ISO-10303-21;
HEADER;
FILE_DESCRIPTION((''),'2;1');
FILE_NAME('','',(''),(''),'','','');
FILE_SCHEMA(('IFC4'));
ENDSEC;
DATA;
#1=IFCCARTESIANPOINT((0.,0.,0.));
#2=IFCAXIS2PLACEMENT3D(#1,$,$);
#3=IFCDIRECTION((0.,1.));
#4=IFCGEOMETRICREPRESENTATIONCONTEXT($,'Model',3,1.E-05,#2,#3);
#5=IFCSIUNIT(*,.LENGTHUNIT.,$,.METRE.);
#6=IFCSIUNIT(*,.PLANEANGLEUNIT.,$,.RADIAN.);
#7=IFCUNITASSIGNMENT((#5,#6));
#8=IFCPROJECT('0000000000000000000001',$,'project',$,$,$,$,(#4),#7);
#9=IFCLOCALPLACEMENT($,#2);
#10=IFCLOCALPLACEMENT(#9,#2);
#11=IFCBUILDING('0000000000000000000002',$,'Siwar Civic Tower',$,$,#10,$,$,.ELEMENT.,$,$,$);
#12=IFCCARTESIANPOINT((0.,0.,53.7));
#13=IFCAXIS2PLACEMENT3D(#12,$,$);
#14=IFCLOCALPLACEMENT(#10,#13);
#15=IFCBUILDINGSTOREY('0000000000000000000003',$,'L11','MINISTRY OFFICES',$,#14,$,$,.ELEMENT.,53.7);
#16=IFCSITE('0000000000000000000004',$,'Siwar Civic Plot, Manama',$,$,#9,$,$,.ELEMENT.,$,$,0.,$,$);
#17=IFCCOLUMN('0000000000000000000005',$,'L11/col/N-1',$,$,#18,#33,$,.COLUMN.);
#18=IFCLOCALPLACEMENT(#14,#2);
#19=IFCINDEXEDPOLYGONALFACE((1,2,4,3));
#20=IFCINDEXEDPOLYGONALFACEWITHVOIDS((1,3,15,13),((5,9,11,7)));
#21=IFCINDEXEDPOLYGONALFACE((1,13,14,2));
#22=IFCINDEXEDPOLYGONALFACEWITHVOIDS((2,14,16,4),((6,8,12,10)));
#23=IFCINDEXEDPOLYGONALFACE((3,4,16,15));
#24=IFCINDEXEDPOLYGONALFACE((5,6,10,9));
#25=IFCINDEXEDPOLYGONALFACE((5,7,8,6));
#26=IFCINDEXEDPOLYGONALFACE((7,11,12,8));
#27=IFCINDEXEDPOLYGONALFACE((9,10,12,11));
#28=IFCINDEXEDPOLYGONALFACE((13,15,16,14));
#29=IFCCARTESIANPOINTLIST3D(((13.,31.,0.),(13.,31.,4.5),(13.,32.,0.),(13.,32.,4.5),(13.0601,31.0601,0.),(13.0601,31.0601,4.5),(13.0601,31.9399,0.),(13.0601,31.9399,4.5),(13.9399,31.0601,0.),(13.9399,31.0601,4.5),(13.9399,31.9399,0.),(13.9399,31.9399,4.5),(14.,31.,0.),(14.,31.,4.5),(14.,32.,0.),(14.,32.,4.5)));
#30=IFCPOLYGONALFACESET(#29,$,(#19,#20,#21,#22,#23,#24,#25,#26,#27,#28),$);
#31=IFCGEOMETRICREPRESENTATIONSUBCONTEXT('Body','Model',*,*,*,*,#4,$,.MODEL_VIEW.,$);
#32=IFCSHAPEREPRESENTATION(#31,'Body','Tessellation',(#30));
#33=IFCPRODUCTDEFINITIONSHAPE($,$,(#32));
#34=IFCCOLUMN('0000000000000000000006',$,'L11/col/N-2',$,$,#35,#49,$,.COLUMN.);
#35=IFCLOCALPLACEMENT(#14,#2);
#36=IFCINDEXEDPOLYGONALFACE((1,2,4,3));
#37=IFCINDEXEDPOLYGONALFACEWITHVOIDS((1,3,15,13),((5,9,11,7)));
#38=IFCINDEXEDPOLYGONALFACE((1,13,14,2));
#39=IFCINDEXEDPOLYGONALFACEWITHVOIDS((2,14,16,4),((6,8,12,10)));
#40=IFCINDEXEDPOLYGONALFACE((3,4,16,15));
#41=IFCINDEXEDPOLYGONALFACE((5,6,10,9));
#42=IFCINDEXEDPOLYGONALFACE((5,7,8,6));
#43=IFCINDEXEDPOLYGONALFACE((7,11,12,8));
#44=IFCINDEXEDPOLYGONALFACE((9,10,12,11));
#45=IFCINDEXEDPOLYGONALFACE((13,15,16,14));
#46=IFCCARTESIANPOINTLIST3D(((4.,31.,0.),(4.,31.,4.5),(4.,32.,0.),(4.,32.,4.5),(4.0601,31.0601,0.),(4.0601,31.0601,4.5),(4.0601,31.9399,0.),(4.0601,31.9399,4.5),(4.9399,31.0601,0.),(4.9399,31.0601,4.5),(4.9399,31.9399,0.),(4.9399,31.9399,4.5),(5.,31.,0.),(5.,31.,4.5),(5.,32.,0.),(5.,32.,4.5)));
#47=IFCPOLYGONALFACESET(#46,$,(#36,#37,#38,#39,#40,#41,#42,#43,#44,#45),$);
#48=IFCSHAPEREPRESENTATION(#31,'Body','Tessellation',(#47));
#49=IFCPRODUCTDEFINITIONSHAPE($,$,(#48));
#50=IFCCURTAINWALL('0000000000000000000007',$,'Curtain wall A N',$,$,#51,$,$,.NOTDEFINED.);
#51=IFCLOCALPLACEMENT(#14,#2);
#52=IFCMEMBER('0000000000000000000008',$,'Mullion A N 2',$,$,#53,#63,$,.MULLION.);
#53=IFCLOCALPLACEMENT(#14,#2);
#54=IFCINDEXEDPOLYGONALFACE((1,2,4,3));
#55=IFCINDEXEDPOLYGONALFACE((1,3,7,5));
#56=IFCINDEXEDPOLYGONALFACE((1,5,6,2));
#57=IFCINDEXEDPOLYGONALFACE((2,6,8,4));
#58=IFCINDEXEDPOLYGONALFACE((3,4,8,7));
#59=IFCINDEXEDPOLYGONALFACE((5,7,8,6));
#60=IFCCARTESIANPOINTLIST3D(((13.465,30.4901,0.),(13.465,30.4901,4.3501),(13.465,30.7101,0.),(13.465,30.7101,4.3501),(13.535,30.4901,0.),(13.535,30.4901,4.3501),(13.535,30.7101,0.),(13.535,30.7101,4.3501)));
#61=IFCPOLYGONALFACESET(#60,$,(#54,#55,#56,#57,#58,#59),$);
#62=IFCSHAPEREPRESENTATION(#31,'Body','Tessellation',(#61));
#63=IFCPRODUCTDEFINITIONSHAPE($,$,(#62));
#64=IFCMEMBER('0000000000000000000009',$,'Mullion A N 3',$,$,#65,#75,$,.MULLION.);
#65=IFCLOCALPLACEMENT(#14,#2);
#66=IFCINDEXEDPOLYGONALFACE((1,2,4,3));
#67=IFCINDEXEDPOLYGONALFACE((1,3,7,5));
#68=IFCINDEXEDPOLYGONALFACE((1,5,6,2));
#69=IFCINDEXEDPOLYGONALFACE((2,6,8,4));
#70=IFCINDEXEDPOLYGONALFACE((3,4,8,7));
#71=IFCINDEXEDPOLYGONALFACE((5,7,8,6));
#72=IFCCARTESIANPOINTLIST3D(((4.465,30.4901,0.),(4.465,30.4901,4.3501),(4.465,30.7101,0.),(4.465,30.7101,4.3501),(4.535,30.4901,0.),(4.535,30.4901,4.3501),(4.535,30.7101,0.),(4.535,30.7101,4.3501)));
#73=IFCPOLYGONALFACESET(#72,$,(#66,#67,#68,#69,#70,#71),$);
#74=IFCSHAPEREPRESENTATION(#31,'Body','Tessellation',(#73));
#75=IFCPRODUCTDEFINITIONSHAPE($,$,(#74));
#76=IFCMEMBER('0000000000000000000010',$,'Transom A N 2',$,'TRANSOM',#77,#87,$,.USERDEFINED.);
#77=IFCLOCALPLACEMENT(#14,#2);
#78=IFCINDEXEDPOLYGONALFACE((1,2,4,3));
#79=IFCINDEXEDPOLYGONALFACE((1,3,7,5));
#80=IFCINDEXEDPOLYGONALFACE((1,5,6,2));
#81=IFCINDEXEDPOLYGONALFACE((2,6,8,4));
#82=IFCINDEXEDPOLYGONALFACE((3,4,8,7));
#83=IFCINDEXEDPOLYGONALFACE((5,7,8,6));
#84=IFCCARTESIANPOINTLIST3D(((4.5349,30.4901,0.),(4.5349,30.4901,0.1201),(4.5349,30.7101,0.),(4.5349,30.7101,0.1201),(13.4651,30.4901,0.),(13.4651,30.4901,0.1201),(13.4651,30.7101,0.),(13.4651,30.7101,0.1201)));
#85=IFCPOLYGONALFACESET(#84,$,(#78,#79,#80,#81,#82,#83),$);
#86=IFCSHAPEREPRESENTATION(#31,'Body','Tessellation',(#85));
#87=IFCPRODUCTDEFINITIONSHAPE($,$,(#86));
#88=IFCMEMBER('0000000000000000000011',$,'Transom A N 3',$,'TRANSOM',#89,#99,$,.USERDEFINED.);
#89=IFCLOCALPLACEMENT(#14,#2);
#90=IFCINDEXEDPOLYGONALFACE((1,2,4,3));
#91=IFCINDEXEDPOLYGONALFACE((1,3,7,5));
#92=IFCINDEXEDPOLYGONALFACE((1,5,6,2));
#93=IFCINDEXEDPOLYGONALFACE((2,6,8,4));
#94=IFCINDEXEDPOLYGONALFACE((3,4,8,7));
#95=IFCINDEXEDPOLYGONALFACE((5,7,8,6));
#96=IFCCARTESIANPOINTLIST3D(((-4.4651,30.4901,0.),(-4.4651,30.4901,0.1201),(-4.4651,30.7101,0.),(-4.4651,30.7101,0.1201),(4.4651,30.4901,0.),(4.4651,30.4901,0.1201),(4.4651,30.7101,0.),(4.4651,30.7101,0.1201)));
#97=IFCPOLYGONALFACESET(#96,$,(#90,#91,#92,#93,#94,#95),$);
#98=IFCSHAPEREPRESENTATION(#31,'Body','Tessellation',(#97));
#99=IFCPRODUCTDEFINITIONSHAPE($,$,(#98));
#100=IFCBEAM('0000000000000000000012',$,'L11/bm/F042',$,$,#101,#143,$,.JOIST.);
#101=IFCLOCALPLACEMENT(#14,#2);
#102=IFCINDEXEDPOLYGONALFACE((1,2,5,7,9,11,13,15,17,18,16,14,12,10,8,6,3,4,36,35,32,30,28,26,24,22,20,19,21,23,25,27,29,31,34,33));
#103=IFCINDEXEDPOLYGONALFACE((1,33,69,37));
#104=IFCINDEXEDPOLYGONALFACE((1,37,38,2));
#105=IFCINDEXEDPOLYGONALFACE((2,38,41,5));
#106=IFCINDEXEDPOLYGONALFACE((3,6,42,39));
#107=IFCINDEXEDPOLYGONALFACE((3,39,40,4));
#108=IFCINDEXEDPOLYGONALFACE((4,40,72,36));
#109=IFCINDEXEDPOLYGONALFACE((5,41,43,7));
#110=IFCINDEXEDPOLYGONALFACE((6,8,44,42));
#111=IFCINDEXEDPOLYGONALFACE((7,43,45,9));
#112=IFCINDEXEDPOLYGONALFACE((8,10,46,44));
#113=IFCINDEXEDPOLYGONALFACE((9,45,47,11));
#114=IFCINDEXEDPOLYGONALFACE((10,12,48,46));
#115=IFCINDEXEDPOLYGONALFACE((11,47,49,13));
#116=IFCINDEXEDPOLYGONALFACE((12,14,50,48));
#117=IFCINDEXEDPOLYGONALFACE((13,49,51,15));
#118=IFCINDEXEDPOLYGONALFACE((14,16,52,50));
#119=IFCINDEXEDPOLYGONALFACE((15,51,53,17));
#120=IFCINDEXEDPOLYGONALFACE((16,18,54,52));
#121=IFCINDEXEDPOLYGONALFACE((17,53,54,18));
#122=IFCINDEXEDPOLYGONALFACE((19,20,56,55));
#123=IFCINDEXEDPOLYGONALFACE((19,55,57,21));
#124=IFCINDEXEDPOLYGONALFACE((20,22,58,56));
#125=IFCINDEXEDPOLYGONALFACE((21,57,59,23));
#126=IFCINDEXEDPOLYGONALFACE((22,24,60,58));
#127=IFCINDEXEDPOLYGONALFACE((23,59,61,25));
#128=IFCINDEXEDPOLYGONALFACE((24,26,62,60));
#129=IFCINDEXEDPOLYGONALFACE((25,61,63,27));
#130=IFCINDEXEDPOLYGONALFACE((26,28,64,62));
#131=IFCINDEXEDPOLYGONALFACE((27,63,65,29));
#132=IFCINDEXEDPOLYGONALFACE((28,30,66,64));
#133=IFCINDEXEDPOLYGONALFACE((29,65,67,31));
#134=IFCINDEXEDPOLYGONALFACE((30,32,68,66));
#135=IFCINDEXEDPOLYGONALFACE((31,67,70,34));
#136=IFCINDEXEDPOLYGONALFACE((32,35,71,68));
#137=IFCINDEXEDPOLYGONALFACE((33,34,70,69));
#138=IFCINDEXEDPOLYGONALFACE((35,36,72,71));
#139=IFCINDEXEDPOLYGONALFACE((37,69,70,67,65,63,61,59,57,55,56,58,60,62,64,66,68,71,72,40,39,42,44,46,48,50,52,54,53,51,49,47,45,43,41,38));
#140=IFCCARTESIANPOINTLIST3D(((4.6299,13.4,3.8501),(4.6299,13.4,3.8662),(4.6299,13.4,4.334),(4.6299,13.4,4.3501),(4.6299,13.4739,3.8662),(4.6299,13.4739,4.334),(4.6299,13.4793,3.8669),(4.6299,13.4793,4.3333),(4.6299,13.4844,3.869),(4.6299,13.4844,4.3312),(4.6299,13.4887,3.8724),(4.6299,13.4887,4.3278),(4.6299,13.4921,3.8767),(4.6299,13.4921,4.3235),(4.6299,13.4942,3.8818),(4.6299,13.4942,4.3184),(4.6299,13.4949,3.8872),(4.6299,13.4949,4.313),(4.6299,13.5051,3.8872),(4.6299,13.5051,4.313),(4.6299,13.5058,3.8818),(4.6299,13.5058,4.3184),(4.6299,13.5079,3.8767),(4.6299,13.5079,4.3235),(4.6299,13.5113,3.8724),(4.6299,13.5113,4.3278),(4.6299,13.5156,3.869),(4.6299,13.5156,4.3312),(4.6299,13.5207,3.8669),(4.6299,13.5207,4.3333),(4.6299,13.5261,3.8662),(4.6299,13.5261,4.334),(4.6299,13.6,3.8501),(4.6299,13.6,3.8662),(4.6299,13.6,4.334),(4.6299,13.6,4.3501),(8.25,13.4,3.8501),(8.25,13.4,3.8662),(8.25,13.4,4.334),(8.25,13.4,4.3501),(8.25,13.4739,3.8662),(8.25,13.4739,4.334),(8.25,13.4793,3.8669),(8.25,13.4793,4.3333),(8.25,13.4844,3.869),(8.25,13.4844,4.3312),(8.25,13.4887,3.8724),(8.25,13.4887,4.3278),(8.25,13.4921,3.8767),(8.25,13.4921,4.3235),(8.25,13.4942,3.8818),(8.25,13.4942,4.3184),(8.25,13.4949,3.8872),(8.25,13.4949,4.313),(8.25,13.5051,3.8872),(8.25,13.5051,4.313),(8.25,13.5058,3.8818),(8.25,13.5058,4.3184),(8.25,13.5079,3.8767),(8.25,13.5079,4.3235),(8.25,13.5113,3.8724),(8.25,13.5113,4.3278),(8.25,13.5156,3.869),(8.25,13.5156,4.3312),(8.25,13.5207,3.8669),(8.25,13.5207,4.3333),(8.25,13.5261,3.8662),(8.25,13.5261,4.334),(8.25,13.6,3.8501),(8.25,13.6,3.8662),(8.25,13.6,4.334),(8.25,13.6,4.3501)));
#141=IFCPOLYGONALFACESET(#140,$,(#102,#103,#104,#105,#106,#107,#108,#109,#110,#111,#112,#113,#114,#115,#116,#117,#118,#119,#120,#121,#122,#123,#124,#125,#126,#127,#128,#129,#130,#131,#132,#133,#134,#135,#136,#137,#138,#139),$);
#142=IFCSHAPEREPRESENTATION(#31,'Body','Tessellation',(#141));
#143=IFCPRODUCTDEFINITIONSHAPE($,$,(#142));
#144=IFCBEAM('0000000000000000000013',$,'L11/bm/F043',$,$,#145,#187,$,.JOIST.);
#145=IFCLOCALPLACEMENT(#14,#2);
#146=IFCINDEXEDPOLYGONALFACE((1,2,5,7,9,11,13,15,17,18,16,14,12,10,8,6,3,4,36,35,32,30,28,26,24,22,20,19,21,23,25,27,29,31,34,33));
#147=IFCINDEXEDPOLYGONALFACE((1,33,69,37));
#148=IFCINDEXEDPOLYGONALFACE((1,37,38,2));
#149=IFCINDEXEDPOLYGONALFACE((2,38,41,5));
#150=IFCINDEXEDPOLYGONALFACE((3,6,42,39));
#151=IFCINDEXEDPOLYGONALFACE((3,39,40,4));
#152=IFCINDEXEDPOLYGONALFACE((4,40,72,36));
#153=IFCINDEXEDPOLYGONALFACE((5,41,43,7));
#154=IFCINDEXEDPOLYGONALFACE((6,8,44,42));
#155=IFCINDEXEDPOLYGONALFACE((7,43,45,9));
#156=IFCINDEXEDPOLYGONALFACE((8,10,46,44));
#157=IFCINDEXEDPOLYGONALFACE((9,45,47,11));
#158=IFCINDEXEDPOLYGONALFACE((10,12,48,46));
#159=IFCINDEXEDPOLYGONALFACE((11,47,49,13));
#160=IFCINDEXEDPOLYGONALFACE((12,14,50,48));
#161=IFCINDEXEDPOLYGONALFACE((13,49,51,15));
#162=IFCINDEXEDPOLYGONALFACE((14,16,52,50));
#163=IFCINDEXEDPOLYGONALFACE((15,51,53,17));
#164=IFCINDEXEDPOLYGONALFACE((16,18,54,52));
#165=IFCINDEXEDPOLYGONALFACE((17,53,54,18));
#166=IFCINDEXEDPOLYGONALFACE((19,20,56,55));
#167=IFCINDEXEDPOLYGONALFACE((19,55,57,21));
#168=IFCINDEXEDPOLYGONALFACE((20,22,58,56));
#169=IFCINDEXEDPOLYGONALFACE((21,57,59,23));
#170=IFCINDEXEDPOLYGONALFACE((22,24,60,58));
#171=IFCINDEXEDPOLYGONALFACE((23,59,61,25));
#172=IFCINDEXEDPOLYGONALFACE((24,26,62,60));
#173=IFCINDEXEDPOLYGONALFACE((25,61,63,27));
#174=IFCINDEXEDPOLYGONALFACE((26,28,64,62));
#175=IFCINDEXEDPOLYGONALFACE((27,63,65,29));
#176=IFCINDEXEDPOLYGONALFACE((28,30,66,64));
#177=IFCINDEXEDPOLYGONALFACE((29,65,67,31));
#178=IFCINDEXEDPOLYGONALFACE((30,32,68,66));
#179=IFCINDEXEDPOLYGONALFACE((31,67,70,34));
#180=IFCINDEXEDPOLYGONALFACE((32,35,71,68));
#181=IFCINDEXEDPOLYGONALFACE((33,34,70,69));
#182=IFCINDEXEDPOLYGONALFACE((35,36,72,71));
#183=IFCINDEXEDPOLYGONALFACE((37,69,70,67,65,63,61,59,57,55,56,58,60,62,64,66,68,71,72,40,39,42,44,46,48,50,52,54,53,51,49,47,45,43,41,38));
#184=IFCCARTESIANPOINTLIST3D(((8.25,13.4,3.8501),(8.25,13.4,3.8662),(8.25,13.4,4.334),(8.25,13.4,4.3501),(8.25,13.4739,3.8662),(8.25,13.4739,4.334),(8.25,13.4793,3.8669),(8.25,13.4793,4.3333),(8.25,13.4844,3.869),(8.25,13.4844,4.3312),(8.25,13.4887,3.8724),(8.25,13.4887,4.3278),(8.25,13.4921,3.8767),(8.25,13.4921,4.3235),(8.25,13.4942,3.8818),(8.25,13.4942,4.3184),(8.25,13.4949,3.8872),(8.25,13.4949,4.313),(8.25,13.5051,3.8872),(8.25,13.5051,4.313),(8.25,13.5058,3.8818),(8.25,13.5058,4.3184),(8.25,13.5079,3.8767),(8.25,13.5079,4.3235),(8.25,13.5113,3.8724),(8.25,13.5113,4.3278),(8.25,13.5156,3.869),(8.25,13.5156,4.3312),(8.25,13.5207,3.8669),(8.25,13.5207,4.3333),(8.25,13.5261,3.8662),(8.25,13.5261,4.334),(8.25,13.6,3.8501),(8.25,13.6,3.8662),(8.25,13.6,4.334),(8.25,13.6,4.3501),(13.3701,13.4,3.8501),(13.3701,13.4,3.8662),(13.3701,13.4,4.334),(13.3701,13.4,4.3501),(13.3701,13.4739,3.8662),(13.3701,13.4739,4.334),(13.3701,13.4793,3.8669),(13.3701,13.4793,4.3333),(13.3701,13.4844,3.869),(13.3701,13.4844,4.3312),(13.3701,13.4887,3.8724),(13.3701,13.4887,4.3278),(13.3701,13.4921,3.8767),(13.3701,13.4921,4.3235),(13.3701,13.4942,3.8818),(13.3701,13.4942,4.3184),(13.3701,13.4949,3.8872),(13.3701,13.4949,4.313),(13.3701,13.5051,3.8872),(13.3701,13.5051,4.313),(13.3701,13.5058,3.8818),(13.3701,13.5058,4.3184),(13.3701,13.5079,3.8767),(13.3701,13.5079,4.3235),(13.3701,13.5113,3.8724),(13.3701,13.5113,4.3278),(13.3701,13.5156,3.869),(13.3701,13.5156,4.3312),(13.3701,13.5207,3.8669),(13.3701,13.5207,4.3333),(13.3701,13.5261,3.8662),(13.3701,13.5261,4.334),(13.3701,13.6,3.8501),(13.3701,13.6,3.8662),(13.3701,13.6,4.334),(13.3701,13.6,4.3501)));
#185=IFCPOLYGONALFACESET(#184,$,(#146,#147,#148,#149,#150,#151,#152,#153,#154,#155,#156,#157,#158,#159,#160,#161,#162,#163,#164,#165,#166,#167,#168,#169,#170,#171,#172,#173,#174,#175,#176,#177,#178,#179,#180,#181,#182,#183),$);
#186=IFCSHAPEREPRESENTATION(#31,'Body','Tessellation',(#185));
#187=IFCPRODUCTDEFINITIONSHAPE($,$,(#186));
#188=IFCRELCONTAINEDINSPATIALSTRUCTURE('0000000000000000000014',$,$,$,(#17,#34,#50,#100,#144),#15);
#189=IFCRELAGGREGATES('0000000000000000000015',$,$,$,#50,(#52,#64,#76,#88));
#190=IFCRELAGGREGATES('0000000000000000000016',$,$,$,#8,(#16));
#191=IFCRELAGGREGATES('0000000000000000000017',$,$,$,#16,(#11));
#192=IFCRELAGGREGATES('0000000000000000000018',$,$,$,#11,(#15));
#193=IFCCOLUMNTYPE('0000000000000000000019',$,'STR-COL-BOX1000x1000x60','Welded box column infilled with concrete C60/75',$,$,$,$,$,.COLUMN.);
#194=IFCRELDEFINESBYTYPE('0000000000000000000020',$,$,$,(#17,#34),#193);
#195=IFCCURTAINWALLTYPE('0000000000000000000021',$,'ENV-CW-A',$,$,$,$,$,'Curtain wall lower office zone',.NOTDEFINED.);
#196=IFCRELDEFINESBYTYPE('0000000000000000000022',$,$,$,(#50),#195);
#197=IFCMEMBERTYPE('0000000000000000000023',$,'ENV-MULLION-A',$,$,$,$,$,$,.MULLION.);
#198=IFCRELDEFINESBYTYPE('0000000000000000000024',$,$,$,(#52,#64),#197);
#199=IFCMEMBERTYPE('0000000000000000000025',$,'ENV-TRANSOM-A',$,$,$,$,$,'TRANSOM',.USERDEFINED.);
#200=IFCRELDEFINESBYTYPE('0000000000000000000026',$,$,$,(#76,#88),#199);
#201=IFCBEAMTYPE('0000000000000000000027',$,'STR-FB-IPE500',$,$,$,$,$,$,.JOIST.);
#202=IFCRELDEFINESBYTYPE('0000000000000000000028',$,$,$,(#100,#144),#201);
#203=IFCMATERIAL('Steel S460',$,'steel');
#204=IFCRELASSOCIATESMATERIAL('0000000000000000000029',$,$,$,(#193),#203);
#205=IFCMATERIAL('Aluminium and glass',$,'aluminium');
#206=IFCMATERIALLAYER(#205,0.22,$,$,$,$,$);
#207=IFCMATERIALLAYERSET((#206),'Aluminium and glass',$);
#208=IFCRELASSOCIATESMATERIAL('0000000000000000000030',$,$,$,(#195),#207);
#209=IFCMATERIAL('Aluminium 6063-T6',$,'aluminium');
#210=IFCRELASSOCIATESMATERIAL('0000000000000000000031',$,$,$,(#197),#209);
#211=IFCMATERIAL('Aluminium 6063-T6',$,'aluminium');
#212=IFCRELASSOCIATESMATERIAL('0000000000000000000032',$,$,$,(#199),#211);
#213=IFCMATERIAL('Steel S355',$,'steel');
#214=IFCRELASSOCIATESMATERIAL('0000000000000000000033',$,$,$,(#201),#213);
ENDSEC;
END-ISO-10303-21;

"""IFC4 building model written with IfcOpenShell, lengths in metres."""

from ifc_helpers import new_model, si_unit, direction, frame, origin, origin_2d, place, context, subcontext, project, spatial, rectangle, hollow_rectangle, i_section, extrude, material, layer, layer_set, material_profile, profile_set, type_object, element, aggregate, save


model = new_model("IFC4")

# Units and contexts
model_context = context("Model", 3, precision=1e-05, world=origin(), true_north=direction((0.0, 1.0)))
body_context = subcontext(model_context, "Body", "Model", "MODEL_VIEW")
ifc_project = project(units=[si_unit("LENGTHUNIT", "METRE"), si_unit("PLANEANGLEUNIT", "RADIAN")], contexts=[model_context])

# Site, building, storey
site_placement = place(None, origin())
site = spatial("IfcSite", under=ifc_project, at=site_placement, Name="Siwar Civic Plot, Manama", CompositionType="ELEMENT", RefElevation=0.0)
building_placement = place(site_placement, origin())
building = spatial("IfcBuilding", under=site, at=building_placement, Name="Siwar Civic Tower", CompositionType="ELEMENT")
storey_placement = place(building_placement, frame((0.0, 0.0, 53.7)))
storey = spatial("IfcBuildingStorey", under=building, at=storey_placement, Name="L11", Description="MINISTRY OFFICES", CompositionType="ELEMENT", Elevation=53.7)

# Columns
ifc_material_1 = material(Name="Steel S460", Category="steel")
ifc_material_profile_1 = material_profile(ifc_material_1, hollow_rectangle(XDim=1.0, YDim=1.0, WallThickness=0.0601, at=origin_2d()), Name="BOX1000x1000x60")
ifc_profile_set_1 = profile_set([ifc_material_profile_1], Name="Steel S460")
column_type = type_object("IfcColumnType", Name="STR-COL-BOX1000x1000x60", Description="Welded box column infilled with concrete C60/75", PredefinedType="COLUMN", material=ifc_profile_set_1)
for number, where, z_axis, x_axis, name in (
    (1, (13.5, 31.5, 0.0), (0.0, 0.0, 1.0), (1.0, 0.0, 0.0), "L11/col/N-1"),
    (2, (4.5, 31.5, 0.0), (0.0, 0.0, 1.0), (1.0, 0.0, 0.0), "L11/col/N-2"),
):
    element("IfcColumn", number, at=place(storey_placement, frame(where, z_axis=z_axis, x_axis=x_axis)), inside=storey, type_object=column_type, Name=name, PredefinedType="COLUMN", context=body_context, shape_type="SweptSolid", body=[
        extrude(hollow_rectangle(XDim=1.0, YDim=1.0, WallThickness=0.0601, at=origin_2d()), origin(), (0.0, 0.0, 1.0), 4.5),
    ])

# Curtain wall, members
ifc_material_2 = material(Name="Aluminium and glass", Category="aluminium")
ifc_layer_1 = layer(ifc_material_2, 0.22)
ifc_layer_set_1 = layer_set([ifc_layer_1], Name="Aluminium and glass")
curtain_wall_type = type_object("IfcCurtainWallType", Name="ENV-CW-A", ElementType="Curtain wall lower office zone", PredefinedType="NOTDEFINED", material=ifc_layer_set_1)
curtain_wall_placement = place(storey_placement, origin())
curtain_wall = element("IfcCurtainWall", 3, at=curtain_wall_placement, inside=storey, type_object=curtain_wall_type, Name="Curtain wall A N", PredefinedType="NOTDEFINED")
ifc_material_3 = material(Name="Aluminium 6063-T6", Category="aluminium")
ifc_material_profile_2 = material_profile(ifc_material_3, rectangle(XDim=0.22, YDim=0.0701, at=origin_2d()), Name="AL 220x70")
ifc_profile_set_2 = profile_set([ifc_material_profile_2], Name="Aluminium 6063-T6")
member_type_1 = type_object("IfcMemberType", Name="ENV-MULLION-A", PredefinedType="MULLION", material=ifc_profile_set_2)
member_1_placement = place(storey_placement, frame((13.5, 30.6001, 0.0), z_axis=(0.0, 0.0, 1.0), x_axis=(0.0, -1.0, 0.0)))
member_1 = element("IfcMember", 4, at=member_1_placement, type_object=member_type_1, Name="Mullion A N 2", PredefinedType="MULLION", context=body_context, shape_type="SweptSolid", body=[
    extrude(rectangle(XDim=0.22, YDim=0.0701, at=origin_2d()), origin(), (0.0, 0.0, 1.0), 4.3501),
])
member_2_placement = place(storey_placement, frame((4.5, 30.6001, 0.0), z_axis=(0.0, 0.0, 1.0), x_axis=(0.0, -1.0, 0.0)))
member_2 = element("IfcMember", 5, at=member_2_placement, type_object=member_type_1, Name="Mullion A N 3", PredefinedType="MULLION", context=body_context, shape_type="SweptSolid", body=[
    extrude(rectangle(XDim=0.22, YDim=0.0701, at=origin_2d()), origin(), (0.0, 0.0, 1.0), 4.3501),
])
ifc_material_4 = material(Name="Aluminium 6063-T6", Category="aluminium")
ifc_material_profile_3 = material_profile(ifc_material_4, rectangle(XDim=0.22, YDim=0.1201, at=origin_2d()), Name="AL 220x120")
ifc_profile_set_3 = profile_set([ifc_material_profile_3], Name="Aluminium 6063-T6")
member_type_2 = type_object("IfcMemberType", Name="ENV-TRANSOM-A", ElementType="TRANSOM", PredefinedType="USERDEFINED", material=ifc_profile_set_3)
member_3_placement = place(storey_placement, frame((13.4651, 30.6001, 0.0601), z_axis=(-1.0, 0.0, 0.0), x_axis=(0.0, -1.0, 0.0)))
member_3 = element("IfcMember", 6, at=member_3_placement, type_object=member_type_2, Name="Transom A N 2", ObjectType="TRANSOM", PredefinedType="USERDEFINED", context=body_context, shape_type="SweptSolid", body=[
    extrude(rectangle(XDim=0.22, YDim=0.1201, at=origin_2d()), origin(), (0.0, 0.0, 1.0), 8.9302),
])
member_4_placement = place(storey_placement, frame((4.4651, 30.6001, 0.0601), z_axis=(-1.0, 0.0, 0.0), x_axis=(0.0, -1.0, 0.0)))
member_4 = element("IfcMember", 7, at=member_4_placement, type_object=member_type_2, Name="Transom A N 3", ObjectType="TRANSOM", PredefinedType="USERDEFINED", context=body_context, shape_type="SweptSolid", body=[
    extrude(rectangle(XDim=0.22, YDim=0.1201, at=origin_2d()), origin(), (0.0, 0.0, 1.0), 8.9302),
])

# Beams
ifc_material_5 = material(Name="Steel S355", Category="steel")
ifc_material_profile_4 = material_profile(ifc_material_5, i_section(OverallWidth=0.2, OverallDepth=0.5, WebThickness=0.0103, FlangeThickness=0.0161, FilletRadius=0.021, at=origin_2d()), Name="IPE500")
ifc_profile_set_4 = profile_set([ifc_material_profile_4], Name="Steel S355")
beam_type_1 = type_object("IfcBeamType", Name="STR-FB-IPE500", PredefinedType="JOIST", material=ifc_profile_set_4)
beam_1_placement = place(storey_placement, frame((4.6299, 13.5, 4.1001), z_axis=(1.0, 0.0, 0.0), x_axis=(0.0, 1.0, 0.0)))
element("IfcBeam", 8, at=beam_1_placement, inside=storey, type_object=beam_type_1, Name="L11/bm/F042", PredefinedType="JOIST", context=body_context, shape_type="SweptSolid", body=[
    extrude(i_section(OverallWidth=0.2, OverallDepth=0.5, WebThickness=0.0103, FlangeThickness=0.0161, FilletRadius=0.021, at=origin_2d()), origin(), (0.0, 0.0, 1.0), 3.6201),
])
beam_2_placement = place(storey_placement, frame((8.25, 13.5, 4.1001), z_axis=(1.0, 0.0, 0.0), x_axis=(0.0, 1.0, 0.0)))
element("IfcBeam", 9, at=beam_2_placement, inside=storey, type_object=beam_type_1, Name="L11/bm/F043", PredefinedType="JOIST", context=body_context, shape_type="SweptSolid", body=[
    extrude(i_section(OverallWidth=0.2, OverallDepth=0.5, WebThickness=0.0103, FlangeThickness=0.0161, FilletRadius=0.021, at=origin_2d()), origin(), (0.0, 0.0, 1.0), 5.1201),
])

aggregate(curtain_wall, [member_1, member_2, member_3, member_4])

save(model, "model.ifc")
